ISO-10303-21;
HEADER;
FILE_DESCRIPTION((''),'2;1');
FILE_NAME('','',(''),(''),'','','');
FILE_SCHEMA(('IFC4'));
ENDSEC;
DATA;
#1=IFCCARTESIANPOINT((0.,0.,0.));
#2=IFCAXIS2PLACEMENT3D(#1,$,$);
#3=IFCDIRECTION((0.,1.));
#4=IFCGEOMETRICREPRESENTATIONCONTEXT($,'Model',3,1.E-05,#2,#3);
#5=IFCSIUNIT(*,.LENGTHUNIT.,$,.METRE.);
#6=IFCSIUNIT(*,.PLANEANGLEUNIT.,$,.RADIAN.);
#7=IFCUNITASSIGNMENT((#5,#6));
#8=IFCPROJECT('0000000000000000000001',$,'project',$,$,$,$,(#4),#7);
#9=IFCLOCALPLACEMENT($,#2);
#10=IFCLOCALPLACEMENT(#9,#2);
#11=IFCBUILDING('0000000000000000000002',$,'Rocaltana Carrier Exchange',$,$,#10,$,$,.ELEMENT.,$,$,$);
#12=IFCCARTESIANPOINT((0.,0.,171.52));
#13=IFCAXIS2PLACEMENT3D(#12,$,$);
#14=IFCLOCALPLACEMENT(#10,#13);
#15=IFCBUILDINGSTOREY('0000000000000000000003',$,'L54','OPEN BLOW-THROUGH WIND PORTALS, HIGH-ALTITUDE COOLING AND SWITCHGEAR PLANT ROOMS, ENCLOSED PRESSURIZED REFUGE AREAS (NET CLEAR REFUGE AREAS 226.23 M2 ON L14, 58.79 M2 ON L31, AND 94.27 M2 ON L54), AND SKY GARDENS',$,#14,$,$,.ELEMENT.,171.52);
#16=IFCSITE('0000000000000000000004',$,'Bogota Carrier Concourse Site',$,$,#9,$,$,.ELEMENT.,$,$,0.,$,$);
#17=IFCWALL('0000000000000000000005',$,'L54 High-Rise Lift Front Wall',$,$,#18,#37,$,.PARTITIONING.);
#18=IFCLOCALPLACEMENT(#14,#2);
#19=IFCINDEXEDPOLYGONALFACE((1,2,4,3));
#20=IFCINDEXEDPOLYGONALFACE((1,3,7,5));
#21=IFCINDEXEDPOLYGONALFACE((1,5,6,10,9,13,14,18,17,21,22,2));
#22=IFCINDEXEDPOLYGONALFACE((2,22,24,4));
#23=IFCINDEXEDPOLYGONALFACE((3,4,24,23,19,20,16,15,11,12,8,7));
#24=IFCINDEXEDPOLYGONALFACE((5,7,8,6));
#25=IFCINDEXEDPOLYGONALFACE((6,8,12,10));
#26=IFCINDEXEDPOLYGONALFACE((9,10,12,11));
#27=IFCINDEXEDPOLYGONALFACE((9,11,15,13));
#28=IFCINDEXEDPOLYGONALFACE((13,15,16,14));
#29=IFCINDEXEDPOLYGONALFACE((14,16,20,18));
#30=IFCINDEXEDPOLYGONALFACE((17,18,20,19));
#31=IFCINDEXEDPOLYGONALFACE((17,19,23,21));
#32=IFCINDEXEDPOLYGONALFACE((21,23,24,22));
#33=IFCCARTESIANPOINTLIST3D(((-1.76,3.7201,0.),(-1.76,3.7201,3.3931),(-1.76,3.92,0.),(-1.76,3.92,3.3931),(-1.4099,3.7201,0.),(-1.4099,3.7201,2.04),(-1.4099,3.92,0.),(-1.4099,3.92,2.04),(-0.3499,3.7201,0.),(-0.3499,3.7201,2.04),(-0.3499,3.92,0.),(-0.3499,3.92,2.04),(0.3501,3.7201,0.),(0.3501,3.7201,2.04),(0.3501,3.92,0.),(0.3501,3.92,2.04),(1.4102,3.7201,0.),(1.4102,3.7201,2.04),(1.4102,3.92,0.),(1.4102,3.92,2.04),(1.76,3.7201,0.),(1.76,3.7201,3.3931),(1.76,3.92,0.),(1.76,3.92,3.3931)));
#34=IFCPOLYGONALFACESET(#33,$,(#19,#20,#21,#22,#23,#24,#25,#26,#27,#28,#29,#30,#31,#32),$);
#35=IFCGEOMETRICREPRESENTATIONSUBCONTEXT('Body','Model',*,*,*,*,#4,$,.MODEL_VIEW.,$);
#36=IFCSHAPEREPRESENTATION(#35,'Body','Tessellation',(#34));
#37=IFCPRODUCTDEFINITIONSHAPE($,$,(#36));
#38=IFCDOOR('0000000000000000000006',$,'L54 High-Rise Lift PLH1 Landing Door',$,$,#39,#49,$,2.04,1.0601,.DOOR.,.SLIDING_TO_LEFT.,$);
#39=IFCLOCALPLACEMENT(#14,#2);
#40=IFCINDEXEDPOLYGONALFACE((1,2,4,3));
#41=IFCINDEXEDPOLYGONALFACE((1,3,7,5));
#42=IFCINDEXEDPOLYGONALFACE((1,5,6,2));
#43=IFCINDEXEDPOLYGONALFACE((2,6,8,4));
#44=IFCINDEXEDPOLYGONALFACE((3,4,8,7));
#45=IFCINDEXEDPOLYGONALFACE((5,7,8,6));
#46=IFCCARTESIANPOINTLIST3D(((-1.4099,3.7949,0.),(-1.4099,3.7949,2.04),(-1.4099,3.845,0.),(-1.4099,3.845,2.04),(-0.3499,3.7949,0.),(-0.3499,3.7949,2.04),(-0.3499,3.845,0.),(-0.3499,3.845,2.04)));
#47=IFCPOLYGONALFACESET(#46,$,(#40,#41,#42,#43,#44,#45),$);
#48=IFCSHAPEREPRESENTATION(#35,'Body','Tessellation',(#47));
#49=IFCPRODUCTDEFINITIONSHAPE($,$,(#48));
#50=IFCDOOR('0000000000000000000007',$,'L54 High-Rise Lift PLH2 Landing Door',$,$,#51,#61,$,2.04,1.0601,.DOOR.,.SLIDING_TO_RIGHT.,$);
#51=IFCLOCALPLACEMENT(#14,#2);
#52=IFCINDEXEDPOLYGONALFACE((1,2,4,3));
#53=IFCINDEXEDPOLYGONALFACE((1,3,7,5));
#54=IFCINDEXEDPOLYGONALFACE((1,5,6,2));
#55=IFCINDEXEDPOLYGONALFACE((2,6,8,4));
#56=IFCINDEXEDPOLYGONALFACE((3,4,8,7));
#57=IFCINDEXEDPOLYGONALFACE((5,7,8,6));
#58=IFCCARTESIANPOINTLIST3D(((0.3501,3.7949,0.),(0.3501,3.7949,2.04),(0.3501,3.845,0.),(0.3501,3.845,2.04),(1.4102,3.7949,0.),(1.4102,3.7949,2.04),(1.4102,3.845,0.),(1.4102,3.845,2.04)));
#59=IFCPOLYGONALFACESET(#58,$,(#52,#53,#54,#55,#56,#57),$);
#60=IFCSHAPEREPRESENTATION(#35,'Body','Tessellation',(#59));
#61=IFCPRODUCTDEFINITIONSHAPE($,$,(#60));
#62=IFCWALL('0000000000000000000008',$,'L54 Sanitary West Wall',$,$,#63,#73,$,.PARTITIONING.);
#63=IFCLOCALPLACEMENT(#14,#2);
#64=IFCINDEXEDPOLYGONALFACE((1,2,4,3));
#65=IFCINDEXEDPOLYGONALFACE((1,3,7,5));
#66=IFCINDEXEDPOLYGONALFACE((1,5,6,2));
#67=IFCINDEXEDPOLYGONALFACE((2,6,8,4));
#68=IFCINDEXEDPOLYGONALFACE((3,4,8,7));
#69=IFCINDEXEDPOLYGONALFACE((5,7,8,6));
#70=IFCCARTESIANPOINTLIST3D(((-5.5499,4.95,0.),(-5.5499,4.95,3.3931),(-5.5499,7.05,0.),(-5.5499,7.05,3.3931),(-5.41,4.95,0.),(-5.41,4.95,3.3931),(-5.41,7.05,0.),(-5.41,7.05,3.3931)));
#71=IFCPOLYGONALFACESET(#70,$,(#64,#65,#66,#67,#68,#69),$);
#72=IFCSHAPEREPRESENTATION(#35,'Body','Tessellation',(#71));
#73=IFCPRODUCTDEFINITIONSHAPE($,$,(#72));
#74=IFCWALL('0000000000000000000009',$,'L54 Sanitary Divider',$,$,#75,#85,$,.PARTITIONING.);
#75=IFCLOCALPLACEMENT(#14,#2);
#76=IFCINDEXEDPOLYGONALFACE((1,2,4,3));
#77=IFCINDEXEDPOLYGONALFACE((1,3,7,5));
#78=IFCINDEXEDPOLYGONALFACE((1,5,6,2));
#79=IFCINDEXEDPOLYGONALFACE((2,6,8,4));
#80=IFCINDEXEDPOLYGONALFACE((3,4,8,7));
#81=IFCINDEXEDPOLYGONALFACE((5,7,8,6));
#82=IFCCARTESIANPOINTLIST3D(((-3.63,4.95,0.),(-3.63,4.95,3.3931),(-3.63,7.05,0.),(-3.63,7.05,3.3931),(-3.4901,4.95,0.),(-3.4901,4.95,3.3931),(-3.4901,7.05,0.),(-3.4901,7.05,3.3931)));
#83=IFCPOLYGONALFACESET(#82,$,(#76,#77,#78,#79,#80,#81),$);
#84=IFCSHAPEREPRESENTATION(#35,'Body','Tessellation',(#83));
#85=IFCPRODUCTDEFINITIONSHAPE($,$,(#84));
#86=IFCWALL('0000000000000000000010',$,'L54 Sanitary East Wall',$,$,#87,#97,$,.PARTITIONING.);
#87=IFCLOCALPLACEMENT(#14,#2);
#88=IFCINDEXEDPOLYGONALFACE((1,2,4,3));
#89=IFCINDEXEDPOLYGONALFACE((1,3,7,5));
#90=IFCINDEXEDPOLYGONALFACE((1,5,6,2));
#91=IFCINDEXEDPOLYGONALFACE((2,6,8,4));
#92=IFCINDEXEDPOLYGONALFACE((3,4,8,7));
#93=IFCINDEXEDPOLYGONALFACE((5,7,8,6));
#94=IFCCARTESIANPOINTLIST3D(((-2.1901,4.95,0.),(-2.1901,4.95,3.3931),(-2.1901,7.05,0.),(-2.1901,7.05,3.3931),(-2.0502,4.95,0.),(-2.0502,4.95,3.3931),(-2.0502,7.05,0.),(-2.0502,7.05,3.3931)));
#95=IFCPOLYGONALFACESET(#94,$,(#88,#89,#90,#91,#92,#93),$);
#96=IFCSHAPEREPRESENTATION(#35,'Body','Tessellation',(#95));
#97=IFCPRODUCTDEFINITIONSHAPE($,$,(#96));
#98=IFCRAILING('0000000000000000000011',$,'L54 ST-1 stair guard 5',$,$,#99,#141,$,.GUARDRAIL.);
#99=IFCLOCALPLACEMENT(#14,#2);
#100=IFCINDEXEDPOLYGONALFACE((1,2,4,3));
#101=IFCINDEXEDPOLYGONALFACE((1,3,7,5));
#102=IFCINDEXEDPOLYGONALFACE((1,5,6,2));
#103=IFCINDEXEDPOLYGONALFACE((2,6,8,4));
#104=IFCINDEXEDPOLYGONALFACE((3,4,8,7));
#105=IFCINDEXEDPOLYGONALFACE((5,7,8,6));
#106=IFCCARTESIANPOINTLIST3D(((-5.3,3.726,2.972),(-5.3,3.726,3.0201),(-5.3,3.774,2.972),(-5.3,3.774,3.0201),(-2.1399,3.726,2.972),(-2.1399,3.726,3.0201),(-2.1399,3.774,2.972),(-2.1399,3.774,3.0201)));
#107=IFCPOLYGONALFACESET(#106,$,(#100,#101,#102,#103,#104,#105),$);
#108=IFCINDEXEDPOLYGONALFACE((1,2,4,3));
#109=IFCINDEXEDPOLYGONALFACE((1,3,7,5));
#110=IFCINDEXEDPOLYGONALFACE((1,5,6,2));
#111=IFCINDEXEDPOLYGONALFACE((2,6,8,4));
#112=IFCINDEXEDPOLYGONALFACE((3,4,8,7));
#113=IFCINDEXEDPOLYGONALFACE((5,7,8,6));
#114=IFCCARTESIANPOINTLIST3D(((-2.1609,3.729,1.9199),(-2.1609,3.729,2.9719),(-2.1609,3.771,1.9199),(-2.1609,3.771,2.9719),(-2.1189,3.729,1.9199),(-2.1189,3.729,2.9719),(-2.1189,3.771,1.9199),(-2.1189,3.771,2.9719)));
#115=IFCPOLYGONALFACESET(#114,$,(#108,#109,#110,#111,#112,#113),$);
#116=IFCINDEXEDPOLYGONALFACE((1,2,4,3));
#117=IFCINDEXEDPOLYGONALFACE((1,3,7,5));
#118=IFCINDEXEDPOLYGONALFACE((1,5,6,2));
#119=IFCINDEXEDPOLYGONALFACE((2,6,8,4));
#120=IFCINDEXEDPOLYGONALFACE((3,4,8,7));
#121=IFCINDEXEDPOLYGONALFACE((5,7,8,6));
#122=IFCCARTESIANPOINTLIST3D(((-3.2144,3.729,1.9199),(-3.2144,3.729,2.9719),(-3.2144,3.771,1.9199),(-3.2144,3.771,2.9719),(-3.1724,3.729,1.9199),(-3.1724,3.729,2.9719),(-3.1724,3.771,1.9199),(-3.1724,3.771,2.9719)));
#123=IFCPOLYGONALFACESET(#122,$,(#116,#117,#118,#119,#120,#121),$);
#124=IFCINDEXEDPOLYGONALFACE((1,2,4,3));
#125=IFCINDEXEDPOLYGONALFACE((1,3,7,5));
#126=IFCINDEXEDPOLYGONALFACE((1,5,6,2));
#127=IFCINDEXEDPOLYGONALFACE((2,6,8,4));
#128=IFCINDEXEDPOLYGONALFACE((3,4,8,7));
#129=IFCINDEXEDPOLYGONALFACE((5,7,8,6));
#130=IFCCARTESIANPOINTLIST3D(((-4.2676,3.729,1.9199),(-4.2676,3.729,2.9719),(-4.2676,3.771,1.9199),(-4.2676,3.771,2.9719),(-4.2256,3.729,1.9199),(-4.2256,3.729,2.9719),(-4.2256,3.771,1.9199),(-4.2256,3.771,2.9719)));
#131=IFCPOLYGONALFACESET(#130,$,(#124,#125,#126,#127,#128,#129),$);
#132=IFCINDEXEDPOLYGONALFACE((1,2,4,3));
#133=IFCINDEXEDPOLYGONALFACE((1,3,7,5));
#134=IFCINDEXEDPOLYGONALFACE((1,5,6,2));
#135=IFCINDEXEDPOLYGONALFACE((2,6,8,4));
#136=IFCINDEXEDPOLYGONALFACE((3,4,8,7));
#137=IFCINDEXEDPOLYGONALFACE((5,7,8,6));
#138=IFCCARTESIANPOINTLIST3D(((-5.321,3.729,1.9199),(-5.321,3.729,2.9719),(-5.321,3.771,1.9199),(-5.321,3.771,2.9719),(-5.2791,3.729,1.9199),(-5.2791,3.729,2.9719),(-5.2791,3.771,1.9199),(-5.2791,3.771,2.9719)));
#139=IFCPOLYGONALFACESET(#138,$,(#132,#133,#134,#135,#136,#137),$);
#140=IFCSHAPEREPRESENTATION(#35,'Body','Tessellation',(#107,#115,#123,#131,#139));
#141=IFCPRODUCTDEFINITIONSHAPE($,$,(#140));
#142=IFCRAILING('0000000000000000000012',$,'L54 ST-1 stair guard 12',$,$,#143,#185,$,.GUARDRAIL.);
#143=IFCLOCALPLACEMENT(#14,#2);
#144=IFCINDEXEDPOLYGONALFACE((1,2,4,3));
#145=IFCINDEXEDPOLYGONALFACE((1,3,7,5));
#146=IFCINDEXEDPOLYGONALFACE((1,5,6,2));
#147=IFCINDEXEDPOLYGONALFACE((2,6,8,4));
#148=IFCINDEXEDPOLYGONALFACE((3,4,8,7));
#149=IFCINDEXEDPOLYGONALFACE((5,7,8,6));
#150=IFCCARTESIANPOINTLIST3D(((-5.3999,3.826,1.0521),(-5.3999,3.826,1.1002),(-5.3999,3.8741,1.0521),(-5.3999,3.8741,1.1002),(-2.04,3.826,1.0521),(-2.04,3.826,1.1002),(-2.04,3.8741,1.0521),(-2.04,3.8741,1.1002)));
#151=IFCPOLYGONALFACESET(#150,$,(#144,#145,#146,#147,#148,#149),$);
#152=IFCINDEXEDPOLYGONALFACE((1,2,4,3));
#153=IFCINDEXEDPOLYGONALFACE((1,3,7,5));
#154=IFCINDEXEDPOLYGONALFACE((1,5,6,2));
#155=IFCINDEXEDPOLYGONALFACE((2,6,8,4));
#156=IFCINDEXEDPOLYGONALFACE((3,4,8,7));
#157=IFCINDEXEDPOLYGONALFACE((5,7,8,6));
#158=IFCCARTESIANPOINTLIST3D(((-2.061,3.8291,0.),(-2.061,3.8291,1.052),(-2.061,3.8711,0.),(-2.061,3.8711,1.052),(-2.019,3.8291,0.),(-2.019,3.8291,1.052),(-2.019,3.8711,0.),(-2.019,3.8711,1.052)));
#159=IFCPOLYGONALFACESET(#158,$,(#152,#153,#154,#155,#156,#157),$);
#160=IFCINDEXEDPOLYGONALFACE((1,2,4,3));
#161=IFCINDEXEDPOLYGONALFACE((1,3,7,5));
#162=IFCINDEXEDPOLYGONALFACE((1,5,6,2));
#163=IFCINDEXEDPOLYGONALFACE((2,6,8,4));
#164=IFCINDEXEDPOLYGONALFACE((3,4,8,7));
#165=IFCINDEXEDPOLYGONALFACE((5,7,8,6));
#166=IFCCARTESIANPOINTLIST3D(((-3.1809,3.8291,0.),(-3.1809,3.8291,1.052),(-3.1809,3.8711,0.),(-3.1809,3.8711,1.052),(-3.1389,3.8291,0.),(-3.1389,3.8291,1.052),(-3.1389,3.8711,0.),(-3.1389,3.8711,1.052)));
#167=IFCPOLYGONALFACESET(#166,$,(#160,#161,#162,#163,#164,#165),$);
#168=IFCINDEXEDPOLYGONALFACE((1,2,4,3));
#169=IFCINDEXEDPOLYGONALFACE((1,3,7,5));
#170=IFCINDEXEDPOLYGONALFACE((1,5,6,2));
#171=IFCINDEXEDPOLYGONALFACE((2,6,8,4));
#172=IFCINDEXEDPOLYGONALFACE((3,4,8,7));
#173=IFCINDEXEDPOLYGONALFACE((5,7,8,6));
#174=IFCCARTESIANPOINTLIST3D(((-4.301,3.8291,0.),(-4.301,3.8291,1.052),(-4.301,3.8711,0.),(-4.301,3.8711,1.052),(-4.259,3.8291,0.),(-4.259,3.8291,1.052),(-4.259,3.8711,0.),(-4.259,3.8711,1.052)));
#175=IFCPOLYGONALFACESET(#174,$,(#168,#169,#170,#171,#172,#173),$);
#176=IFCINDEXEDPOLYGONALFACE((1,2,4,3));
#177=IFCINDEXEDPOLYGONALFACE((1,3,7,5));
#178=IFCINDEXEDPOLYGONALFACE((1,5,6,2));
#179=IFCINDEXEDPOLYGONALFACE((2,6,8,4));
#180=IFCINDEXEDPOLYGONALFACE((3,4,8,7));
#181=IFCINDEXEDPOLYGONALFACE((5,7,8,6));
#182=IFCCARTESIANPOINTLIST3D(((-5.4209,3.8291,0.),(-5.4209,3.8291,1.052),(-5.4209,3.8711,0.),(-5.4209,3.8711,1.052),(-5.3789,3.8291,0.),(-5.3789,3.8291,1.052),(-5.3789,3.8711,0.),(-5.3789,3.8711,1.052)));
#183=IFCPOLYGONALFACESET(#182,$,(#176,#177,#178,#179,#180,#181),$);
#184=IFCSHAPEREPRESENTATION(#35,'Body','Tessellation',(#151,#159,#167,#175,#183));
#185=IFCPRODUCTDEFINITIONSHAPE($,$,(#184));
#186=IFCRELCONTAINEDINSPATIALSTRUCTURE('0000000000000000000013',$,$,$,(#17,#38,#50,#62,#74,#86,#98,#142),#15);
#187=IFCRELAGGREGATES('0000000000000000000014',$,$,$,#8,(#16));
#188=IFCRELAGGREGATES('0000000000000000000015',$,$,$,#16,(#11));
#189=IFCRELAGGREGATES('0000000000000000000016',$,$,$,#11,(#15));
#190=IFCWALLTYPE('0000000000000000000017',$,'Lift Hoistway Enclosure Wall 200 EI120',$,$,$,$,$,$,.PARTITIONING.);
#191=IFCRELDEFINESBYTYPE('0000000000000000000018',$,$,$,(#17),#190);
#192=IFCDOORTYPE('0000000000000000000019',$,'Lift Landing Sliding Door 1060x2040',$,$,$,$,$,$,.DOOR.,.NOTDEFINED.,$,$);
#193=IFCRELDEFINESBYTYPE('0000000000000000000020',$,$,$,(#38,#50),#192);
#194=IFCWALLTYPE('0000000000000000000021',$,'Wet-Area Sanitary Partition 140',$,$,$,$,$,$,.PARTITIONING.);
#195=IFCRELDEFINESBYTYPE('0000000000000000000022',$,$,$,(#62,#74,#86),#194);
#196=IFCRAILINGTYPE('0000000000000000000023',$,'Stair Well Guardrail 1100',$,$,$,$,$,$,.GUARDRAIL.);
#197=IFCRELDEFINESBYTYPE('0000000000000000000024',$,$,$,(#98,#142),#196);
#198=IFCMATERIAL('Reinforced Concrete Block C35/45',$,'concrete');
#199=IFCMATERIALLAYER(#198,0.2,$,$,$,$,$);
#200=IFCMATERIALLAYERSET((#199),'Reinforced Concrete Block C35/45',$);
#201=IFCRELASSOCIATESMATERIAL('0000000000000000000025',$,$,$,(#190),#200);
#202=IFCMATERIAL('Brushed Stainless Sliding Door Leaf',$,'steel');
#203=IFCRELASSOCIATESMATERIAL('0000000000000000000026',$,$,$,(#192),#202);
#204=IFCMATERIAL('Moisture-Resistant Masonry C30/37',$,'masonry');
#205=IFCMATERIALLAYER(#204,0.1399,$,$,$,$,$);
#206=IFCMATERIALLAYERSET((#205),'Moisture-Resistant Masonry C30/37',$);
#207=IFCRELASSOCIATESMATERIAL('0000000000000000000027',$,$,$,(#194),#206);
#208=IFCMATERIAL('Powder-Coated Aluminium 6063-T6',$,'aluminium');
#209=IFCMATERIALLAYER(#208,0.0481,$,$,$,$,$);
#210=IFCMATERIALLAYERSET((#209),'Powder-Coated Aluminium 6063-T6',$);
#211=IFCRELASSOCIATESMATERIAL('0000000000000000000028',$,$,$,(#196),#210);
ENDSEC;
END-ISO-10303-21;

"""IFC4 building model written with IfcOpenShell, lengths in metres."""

from ifc_helpers import new_model, si_unit, direction, frame, frame_2d, origin, origin_2d, place, context, subcontext, project, spatial, rectangle, extrude, material, layer, layer_set, type_object, element, fill, save


model = new_model("IFC4")

# Units and contexts
model_context = context("Model", 3, precision=1e-05, world=origin(), true_north=direction((0.0, 1.0)))
body_context = subcontext(model_context, "Body", "Model", "MODEL_VIEW")
ifc_project = project(units=[si_unit("LENGTHUNIT", "METRE"), si_unit("PLANEANGLEUNIT", "RADIAN")], contexts=[model_context])

# Site, building, storey
site_placement = place(None, origin())
site = spatial("IfcSite", under=ifc_project, at=site_placement, Name="Bogota Carrier Concourse Site", CompositionType="ELEMENT", RefElevation=0.0)
building_placement = place(site_placement, origin())
building = spatial("IfcBuilding", under=site, at=building_placement, Name="Rocaltana Carrier Exchange", CompositionType="ELEMENT")
storey_placement = place(building_placement, frame((0.0, 0.0, 171.52)))
storey = spatial("IfcBuildingStorey", under=building, at=storey_placement, Name="L54", Description="OPEN BLOW-THROUGH WIND PORTALS, HIGH-ALTITUDE COOLING AND SWITCHGEAR PLANT ROOMS, ENCLOSED PRESSURIZED REFUGE AREAS (NET CLEAR REFUGE AREAS 226.23 M2 ON L14, 58.79 M2 ON L31, AND 94.27 M2 ON L54), AND SKY GARDENS", CompositionType="ELEMENT", Elevation=171.52)

# Wall, openings, doors
ifc_material_1 = material(Name="Reinforced Concrete Block C35/45", Category="concrete")
ifc_layer_1 = layer(ifc_material_1, 0.2)
ifc_layer_set_1 = layer_set([ifc_layer_1], Name="Reinforced Concrete Block C35/45")
wall_type_1 = type_object("IfcWallType", Name="Lift Hoistway Enclosure Wall 200 EI120", PredefinedType="PARTITIONING", material=ifc_layer_set_1)
wall_1_placement = place(storey_placement, frame((-1.76, 3.8201, 0.0), z_axis=(0.0, 0.0, 1.0), x_axis=(1.0, 0.0, 0.0)))
wall_1 = element("IfcWall", 1, at=wall_1_placement, inside=storey, type_object=wall_type_1, Name="L54 High-Rise Lift Front Wall", PredefinedType="PARTITIONING", context=body_context, shape_type="SweptSolid", body=[
    extrude(rectangle(XDim=3.52, YDim=0.2, at=frame_2d((1.76, 0.0))), origin(), (0.0, 0.0, 1.0), 3.3931),
])
opening_1_placement = place(wall_1_placement, frame((0.3501, 0.0, 0.0)))
opening_1 = element("IfcOpeningElement", 2, at=opening_1_placement, cuts=wall_1, PredefinedType="OPENING", context=body_context, shape_type="SweptSolid", body=[
    extrude(rectangle(XDim=1.0601, YDim=2.04, at=frame_2d((0.53, 1.02))), frame((0.0, 0.1099, 0.0), z_axis=(0.0, -1.0, 0.0), x_axis=(1.0, 0.0, 0.0)), (0.0, 0.0, 1.0), 0.22),
])
opening_2_placement = place(wall_1_placement, frame((2.1101, 0.0, 0.0)))
opening_2 = element("IfcOpeningElement", 3, at=opening_2_placement, cuts=wall_1, PredefinedType="OPENING", context=body_context, shape_type="SweptSolid", body=[
    extrude(rectangle(XDim=1.0601, YDim=2.04, at=frame_2d((0.53, 1.02))), frame((0.0, 0.1099, 0.0), z_axis=(0.0, -1.0, 0.0), x_axis=(1.0, 0.0, 0.0)), (0.0, 0.0, 1.0), 0.22),
])
ifc_material_2 = material(Name="Brushed Stainless Sliding Door Leaf", Category="steel")
door_type = type_object("IfcDoorType", Name="Lift Landing Sliding Door 1060x2040", OperationType="NOTDEFINED", PredefinedType="DOOR", material=ifc_material_2)
door_1_placement = place(opening_1_placement, origin())
door_1 = element("IfcDoor", 4, at=door_1_placement, inside=storey, type_object=door_type, Name="L54 High-Rise Lift PLH1 Landing Door", OperationType="SLIDING_TO_LEFT", OverallHeight=2.04, OverallWidth=1.0601, PredefinedType="DOOR", context=body_context, shape_type="SweptSolid", body=[
    extrude(rectangle(XDim=1.0601, YDim=2.04, at=frame_2d((0.53, 1.02))), frame((0.0, 0.0249, 0.0), z_axis=(0.0, -1.0, 0.0), x_axis=(1.0, 0.0, 0.0)), (0.0, 0.0, 1.0), 0.05),
])
fill(opening_1, door_1)
door_2_placement = place(opening_2_placement, origin())
door_2 = element("IfcDoor", 5, at=door_2_placement, inside=storey, type_object=door_type, Name="L54 High-Rise Lift PLH2 Landing Door", OperationType="SLIDING_TO_RIGHT", OverallHeight=2.04, OverallWidth=1.0601, PredefinedType="DOOR", context=body_context, shape_type="SweptSolid", body=[
    extrude(rectangle(XDim=1.0601, YDim=2.04, at=frame_2d((0.53, 1.02))), frame((0.0, 0.0249, 0.0), z_axis=(0.0, -1.0, 0.0), x_axis=(1.0, 0.0, 0.0)), (0.0, 0.0, 1.0), 0.05),
])
fill(opening_2, door_2)

# Walls
ifc_material_3 = material(Name="Moisture-Resistant Masonry C30/37", Category="masonry")
ifc_layer_2 = layer(ifc_material_3, 0.1399)
ifc_layer_set_2 = layer_set([ifc_layer_2], Name="Moisture-Resistant Masonry C30/37")
wall_type_2 = type_object("IfcWallType", Name="Wet-Area Sanitary Partition 140", PredefinedType="PARTITIONING", material=ifc_layer_set_2)
for number, where, z_axis, x_axis, name in (
    (6, (-5.48, 4.95, 0.0), (0.0, 0.0, 1.0), (0.0, 1.0, 0.0), "L54 Sanitary West Wall"),
    (7, (-3.5601, 4.95, 0.0), (0.0, 0.0, 1.0), (0.0, 1.0, 0.0), "L54 Sanitary Divider"),
    (8, (-2.1201, 4.95, 0.0), (0.0, 0.0, 1.0), (0.0, 1.0, 0.0), "L54 Sanitary East Wall"),
):
    element("IfcWall", number, at=place(storey_placement, frame(where, z_axis=z_axis, x_axis=x_axis)), inside=storey, type_object=wall_type_2, Name=name, PredefinedType="PARTITIONING", context=body_context, shape_type="SweptSolid", body=[
        extrude(rectangle(XDim=2.1001, YDim=0.1399, at=frame_2d((1.05, 0.0))), origin(), (0.0, 0.0, 1.0), 3.3931),
    ])

# Railings
ifc_material_4 = material(Name="Powder-Coated Aluminium 6063-T6", Category="aluminium")
ifc_layer_3 = layer(ifc_material_4, 0.0481)
ifc_layer_set_3 = layer_set([ifc_layer_3], Name="Powder-Coated Aluminium 6063-T6")
railing_type = type_object("IfcRailingType", Name="Stair Well Guardrail 1100", PredefinedType="GUARDRAIL", material=ifc_layer_set_3)
railing_1_placement = place(storey_placement, frame((-2.1399, 3.75, 1.9199)))
element("IfcRailing", 9, at=railing_1_placement, inside=storey, type_object=railing_type, Name="L54 ST-1 stair guard 5", PredefinedType="GUARDRAIL", context=body_context, shape_type="SweptSolid", body=[
    extrude(rectangle(XDim=0.0481, YDim=0.0481, at=origin_2d()), frame((0.0, 0.0, 1.0762), z_axis=(-1.0, 0.0, 0.0), x_axis=(0.0, -1.0, 0.0)), (0.0, 0.0, 1.0), 3.1602),
    extrude(rectangle(XDim=0.042, YDim=0.042, at=origin_2d()), origin(), (0.0, 0.0, 1.0), 1.052),
    extrude(rectangle(XDim=0.042, YDim=0.042, at=origin_2d()), frame((-1.0535, 0.0, 0.0)), (0.0, 0.0, 1.0), 1.052),
    extrude(rectangle(XDim=0.042, YDim=0.042, at=origin_2d()), frame((-2.1067, 0.0, 0.0)), (0.0, 0.0, 1.0), 1.052),
    extrude(rectangle(XDim=0.042, YDim=0.042, at=origin_2d()), frame((-3.1602, 0.0, 0.0)), (0.0, 0.0, 1.0), 1.052),
])
railing_2_placement = place(storey_placement, frame((-2.04, 3.8501, 0.0)))
element("IfcRailing", 10, at=railing_2_placement, inside=storey, type_object=railing_type, Name="L54 ST-1 stair guard 12", PredefinedType="GUARDRAIL", context=body_context, shape_type="SweptSolid", body=[
    extrude(rectangle(XDim=0.0481, YDim=0.0481, at=origin_2d()), frame((0.0, 0.0, 1.0762), z_axis=(-1.0, 0.0, 0.0), x_axis=(0.0, -1.0, 0.0)), (0.0, 0.0, 1.0), 3.3599),
    extrude(rectangle(XDim=0.042, YDim=0.042, at=origin_2d()), origin(), (0.0, 0.0, 1.0), 1.052),
    extrude(rectangle(XDim=0.042, YDim=0.042, at=origin_2d()), frame((-1.1199, 0.0, 0.0)), (0.0, 0.0, 1.0), 1.052),
    extrude(rectangle(XDim=0.042, YDim=0.042, at=origin_2d()), frame((-2.24, 0.0, 0.0)), (0.0, 0.0, 1.0), 1.052),
    extrude(rectangle(XDim=0.042, YDim=0.042, at=origin_2d()), frame((-3.3599, 0.0, 0.0)), (0.0, 0.0, 1.0), 1.052),
])

save(model, "model.ifc")
